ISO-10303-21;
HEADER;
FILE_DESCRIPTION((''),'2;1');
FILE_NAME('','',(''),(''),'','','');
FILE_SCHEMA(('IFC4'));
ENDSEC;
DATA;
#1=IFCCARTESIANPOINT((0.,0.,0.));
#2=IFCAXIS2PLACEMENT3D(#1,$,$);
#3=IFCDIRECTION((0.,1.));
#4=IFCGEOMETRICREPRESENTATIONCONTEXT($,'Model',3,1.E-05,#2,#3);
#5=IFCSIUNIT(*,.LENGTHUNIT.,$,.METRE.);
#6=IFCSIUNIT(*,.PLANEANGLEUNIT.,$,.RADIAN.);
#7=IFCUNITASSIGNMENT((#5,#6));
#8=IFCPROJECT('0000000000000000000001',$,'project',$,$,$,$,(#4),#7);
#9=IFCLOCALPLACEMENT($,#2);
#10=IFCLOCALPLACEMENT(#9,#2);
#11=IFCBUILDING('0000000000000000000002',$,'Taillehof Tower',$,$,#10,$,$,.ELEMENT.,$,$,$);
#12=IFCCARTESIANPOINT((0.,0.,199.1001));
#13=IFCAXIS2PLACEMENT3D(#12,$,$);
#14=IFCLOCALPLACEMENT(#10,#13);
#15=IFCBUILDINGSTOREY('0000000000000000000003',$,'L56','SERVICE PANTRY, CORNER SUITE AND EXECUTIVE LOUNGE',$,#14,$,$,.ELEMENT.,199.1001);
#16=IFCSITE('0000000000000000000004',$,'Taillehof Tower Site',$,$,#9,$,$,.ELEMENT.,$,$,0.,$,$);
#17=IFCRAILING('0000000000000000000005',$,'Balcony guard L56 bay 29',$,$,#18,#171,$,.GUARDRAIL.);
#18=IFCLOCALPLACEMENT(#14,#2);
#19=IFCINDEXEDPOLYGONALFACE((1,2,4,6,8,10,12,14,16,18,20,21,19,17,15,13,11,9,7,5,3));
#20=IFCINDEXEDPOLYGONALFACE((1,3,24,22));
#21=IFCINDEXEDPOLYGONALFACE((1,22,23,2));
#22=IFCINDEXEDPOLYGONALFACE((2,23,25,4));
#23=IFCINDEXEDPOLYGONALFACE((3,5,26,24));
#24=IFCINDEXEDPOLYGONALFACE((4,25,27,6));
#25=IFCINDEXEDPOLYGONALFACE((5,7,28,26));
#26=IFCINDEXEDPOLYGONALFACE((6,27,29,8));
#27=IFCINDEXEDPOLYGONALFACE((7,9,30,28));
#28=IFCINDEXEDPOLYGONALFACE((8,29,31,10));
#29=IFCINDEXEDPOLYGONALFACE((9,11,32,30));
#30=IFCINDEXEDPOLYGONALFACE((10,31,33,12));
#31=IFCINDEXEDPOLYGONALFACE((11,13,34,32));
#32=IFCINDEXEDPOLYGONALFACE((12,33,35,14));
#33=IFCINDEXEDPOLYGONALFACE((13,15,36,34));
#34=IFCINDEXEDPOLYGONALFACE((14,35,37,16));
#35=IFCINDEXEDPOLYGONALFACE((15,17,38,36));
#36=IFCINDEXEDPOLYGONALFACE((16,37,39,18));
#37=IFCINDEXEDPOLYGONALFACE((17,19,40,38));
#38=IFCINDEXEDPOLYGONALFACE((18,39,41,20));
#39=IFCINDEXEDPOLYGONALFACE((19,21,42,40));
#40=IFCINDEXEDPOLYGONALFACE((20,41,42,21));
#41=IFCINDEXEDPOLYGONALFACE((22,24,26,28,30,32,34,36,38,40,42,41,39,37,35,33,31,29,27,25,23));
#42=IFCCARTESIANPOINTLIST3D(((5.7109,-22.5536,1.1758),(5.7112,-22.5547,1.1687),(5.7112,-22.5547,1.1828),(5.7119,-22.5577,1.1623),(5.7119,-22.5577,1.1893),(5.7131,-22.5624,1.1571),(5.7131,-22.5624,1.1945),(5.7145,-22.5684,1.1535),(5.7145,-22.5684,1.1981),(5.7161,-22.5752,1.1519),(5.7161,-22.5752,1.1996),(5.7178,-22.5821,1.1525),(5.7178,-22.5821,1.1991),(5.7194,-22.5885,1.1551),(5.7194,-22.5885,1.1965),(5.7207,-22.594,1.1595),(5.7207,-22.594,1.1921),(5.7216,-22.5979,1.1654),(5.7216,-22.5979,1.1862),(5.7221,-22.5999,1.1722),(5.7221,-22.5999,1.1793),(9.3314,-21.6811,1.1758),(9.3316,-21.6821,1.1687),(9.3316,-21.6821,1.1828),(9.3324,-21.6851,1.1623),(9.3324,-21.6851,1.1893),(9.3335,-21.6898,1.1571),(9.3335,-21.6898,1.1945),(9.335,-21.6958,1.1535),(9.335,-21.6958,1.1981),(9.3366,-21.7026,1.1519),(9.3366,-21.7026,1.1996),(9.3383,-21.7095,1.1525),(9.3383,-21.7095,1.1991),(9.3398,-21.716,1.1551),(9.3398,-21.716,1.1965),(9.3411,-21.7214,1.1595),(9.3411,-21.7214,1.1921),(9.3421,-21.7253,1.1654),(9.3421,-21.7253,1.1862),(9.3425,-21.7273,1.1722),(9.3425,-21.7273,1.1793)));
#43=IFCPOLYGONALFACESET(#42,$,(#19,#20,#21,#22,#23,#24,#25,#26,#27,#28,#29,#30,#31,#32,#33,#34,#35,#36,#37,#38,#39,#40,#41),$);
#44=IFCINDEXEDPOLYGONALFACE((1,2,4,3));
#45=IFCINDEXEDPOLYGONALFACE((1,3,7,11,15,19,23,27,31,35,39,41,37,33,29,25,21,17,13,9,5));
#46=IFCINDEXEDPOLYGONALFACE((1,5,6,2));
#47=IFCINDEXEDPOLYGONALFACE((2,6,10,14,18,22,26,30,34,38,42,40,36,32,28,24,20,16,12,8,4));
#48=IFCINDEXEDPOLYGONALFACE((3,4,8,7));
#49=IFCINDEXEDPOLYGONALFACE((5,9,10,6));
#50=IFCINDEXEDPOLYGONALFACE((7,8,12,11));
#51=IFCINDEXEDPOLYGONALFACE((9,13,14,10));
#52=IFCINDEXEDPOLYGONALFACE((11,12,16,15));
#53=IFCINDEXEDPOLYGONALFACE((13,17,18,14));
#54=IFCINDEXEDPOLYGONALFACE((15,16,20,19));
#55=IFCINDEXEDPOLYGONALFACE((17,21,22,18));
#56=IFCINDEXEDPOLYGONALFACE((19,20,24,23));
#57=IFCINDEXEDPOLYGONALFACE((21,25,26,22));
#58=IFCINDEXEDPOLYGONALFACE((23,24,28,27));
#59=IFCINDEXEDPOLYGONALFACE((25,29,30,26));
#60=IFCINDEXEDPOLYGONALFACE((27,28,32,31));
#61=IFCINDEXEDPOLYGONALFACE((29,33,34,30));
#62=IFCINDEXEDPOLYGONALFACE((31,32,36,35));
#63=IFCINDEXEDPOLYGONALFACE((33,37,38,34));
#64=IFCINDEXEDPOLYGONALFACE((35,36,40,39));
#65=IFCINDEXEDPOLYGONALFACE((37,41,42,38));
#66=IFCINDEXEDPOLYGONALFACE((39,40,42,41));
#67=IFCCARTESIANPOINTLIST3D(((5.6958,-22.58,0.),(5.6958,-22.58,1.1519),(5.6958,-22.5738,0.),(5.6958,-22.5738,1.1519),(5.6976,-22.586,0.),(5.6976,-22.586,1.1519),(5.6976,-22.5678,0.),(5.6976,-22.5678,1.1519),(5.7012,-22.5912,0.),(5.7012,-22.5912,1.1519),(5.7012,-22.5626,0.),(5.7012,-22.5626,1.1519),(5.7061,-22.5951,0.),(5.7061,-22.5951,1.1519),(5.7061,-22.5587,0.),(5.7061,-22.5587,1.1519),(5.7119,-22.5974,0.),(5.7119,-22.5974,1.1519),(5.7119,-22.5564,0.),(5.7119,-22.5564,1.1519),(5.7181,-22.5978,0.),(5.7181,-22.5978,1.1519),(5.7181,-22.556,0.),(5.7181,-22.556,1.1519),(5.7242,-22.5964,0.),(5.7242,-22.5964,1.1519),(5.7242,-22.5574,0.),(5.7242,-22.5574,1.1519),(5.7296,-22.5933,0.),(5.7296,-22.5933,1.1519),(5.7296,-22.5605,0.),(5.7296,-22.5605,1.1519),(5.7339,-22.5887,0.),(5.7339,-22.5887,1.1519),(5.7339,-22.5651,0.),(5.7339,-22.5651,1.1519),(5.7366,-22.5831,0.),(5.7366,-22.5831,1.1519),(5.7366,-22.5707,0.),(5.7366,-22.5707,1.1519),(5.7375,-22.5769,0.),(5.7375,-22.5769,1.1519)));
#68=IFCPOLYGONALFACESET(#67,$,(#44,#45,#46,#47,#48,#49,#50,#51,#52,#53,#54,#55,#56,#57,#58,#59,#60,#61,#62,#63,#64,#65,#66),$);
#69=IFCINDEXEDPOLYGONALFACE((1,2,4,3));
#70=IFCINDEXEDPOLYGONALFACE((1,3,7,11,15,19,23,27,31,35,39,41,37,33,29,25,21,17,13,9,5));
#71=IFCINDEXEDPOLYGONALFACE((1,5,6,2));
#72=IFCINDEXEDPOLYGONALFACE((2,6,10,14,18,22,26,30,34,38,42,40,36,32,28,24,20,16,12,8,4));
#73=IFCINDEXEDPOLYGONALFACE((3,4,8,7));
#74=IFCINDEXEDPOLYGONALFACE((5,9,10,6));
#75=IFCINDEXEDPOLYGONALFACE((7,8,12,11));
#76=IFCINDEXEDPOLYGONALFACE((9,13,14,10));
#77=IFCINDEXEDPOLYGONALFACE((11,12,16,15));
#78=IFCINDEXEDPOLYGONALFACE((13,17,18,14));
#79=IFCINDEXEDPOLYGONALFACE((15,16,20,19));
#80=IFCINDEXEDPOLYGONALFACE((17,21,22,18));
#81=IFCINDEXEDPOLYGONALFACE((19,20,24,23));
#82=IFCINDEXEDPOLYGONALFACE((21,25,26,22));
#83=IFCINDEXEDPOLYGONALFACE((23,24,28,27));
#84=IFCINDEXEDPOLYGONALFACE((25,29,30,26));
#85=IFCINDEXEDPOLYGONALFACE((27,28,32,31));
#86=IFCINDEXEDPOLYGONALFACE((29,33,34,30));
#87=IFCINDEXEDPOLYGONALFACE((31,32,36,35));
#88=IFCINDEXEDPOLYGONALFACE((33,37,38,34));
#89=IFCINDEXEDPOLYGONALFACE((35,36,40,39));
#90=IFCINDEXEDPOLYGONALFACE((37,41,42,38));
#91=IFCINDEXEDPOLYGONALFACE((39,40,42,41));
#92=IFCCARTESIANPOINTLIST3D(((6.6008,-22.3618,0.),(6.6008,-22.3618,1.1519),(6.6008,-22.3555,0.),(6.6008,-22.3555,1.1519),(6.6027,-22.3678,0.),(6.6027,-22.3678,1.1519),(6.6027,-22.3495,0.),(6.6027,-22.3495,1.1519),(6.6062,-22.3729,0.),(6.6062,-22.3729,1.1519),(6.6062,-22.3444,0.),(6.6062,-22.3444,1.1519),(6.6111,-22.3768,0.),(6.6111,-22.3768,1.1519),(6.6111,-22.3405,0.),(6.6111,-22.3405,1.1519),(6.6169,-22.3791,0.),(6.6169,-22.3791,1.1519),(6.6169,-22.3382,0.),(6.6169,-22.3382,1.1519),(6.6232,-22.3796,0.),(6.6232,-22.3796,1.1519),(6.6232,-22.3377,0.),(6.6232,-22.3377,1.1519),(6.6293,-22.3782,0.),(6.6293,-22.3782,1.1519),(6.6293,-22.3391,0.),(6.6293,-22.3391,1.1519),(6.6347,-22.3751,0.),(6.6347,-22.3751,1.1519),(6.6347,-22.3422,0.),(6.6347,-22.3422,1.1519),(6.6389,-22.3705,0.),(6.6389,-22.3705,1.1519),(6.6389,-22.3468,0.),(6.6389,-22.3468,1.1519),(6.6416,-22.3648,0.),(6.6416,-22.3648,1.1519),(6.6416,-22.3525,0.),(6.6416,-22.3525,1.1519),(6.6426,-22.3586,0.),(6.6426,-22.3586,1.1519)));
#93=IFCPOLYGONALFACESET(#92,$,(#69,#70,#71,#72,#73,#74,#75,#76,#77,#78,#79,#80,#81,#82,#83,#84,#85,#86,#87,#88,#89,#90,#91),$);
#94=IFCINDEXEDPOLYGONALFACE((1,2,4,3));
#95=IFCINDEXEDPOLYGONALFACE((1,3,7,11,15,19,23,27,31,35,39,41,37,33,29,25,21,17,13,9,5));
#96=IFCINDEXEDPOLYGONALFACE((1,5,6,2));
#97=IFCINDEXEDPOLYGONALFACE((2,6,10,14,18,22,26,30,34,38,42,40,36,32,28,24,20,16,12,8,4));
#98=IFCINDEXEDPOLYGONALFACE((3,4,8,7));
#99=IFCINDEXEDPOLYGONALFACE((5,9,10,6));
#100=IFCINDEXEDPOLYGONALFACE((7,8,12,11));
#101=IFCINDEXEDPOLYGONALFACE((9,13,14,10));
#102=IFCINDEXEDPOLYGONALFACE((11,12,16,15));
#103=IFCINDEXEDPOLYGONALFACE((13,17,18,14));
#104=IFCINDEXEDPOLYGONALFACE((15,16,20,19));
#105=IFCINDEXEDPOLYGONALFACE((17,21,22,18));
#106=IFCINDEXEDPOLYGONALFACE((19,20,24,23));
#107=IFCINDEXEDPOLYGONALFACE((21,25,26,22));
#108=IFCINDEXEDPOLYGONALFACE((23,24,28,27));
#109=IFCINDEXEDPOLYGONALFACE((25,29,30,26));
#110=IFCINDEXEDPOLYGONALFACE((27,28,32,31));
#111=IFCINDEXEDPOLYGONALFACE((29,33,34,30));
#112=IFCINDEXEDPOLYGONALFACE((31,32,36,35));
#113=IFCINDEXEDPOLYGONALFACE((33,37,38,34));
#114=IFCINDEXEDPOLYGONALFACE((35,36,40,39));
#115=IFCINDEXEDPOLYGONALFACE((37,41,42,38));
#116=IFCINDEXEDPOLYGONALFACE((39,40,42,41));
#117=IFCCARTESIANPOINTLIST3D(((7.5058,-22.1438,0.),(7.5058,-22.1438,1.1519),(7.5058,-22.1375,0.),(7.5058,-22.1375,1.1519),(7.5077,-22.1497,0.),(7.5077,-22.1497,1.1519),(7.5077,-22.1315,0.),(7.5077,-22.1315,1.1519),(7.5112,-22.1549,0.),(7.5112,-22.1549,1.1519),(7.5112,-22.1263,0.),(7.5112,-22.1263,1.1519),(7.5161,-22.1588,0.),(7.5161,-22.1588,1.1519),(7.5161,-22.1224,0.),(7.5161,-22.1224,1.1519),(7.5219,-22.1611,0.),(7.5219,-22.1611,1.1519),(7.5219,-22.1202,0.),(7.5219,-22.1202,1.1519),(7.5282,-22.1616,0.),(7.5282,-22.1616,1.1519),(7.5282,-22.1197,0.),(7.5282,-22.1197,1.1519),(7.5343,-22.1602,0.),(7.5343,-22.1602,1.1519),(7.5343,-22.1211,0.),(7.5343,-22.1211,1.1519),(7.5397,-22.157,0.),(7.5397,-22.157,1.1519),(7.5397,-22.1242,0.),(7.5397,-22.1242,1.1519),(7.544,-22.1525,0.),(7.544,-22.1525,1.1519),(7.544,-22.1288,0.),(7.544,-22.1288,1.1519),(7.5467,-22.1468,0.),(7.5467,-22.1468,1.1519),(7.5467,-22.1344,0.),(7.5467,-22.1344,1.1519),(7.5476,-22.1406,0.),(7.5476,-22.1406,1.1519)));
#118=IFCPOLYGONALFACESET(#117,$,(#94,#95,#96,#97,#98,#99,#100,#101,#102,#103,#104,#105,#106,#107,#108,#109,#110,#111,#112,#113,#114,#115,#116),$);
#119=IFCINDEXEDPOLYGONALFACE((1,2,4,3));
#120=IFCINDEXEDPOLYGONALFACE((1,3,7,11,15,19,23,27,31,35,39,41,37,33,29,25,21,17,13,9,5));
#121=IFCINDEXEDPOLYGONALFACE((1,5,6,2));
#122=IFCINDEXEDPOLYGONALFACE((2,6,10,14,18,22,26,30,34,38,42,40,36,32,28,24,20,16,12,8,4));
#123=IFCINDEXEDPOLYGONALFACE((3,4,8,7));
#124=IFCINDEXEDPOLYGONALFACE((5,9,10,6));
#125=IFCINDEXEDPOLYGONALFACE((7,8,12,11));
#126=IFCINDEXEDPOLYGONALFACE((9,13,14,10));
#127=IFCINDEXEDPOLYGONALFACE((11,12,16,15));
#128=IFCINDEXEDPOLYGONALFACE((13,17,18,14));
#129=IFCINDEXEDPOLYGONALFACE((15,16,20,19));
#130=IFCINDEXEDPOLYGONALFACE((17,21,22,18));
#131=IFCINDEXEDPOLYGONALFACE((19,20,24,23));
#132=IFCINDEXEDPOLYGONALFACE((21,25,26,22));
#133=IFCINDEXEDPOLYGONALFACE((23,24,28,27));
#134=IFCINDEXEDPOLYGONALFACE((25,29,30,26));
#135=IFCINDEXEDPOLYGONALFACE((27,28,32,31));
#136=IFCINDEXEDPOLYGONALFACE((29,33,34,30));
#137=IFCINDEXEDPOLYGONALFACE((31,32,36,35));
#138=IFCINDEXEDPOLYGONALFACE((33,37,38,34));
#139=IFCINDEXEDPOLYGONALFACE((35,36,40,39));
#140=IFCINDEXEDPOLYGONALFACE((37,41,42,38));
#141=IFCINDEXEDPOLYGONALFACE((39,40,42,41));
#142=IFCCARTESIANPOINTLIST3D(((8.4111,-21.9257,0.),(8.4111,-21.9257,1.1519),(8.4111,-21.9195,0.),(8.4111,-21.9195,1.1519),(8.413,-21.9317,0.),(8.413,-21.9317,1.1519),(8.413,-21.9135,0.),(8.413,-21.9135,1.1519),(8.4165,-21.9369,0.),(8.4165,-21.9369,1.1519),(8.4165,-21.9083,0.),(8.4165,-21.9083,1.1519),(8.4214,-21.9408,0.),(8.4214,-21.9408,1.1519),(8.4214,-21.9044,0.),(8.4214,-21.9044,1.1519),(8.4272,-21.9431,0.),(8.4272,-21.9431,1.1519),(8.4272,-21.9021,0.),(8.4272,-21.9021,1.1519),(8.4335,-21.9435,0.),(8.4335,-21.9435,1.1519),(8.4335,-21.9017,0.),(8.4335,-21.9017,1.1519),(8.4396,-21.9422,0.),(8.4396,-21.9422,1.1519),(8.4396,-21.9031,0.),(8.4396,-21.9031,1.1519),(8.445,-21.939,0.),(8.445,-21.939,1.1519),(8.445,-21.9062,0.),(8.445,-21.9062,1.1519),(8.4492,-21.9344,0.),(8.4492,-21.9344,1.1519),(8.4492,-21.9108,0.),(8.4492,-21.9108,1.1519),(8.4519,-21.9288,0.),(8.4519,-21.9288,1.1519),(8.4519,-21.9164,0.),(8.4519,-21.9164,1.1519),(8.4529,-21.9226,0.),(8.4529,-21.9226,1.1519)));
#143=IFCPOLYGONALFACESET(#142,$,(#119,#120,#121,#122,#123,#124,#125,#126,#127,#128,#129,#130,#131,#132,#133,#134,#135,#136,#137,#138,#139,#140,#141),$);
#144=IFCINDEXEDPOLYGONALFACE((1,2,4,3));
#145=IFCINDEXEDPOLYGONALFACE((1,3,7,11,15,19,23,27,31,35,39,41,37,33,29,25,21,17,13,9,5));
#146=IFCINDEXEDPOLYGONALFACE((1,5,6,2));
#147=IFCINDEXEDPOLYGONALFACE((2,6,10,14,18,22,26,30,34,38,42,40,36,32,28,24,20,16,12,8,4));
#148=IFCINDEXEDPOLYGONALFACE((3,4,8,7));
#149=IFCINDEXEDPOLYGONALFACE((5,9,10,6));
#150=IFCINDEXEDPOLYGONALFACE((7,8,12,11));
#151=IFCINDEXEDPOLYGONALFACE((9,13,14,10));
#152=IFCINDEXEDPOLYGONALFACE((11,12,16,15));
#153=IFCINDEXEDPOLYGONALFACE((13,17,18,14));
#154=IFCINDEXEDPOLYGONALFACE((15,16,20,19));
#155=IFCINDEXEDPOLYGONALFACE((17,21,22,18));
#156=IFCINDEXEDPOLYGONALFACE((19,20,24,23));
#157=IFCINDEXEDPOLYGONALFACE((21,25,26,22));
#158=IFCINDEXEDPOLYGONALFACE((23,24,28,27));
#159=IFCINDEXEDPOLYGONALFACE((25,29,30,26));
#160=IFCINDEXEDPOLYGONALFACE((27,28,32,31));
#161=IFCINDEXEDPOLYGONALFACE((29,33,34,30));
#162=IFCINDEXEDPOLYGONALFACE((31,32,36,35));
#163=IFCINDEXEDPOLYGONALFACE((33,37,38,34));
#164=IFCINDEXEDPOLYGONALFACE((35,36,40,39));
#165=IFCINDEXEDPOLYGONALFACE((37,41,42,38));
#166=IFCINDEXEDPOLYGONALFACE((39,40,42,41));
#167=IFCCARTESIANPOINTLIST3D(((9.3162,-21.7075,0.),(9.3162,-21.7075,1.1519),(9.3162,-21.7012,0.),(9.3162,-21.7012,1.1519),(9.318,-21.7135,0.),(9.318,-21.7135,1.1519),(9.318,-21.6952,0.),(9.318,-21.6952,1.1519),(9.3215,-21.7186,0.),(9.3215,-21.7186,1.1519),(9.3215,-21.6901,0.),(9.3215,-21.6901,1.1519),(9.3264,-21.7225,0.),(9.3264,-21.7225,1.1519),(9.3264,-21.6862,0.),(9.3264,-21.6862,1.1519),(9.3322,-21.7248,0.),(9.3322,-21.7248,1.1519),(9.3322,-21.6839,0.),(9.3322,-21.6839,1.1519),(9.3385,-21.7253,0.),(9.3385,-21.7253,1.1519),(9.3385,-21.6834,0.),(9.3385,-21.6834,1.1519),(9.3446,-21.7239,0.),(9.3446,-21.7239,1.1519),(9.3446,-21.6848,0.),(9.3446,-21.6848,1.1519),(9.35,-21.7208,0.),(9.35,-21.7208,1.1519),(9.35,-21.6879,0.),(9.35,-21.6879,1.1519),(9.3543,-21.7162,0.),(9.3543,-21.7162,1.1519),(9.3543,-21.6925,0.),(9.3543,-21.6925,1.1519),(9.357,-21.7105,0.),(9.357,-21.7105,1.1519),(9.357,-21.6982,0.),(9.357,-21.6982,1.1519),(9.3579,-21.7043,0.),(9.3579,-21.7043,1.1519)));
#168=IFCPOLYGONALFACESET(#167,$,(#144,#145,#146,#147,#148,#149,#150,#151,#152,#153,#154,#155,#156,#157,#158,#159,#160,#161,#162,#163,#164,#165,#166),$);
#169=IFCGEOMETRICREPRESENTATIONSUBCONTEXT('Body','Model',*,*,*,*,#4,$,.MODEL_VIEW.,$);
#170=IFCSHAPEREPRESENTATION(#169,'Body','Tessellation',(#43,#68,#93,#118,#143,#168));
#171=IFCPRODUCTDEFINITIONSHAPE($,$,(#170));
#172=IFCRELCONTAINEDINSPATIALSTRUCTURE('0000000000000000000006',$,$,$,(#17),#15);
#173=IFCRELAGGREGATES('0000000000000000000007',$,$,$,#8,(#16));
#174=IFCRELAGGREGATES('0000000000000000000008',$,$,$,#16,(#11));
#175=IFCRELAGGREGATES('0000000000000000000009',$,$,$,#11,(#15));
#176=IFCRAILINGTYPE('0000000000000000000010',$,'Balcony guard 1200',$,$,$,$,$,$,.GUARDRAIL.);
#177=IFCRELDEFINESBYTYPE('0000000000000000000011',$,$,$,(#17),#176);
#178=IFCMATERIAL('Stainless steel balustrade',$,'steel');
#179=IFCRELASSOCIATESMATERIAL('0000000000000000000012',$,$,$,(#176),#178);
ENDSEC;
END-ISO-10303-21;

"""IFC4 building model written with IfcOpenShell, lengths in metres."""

from ifc_helpers import new_model, si_unit, direction, frame, origin, origin_2d, place, context, subcontext, project, spatial, circle, extrude, material, type_object, element, save


model = new_model("IFC4")

# Units and contexts
model_context = context("Model", 3, precision=1e-05, world=origin(), true_north=direction((0.0, 1.0)))
body_context = subcontext(model_context, "Body", "Model", "MODEL_VIEW")
ifc_project = project(units=[si_unit("LENGTHUNIT", "METRE"), si_unit("PLANEANGLEUNIT", "RADIAN")], contexts=[model_context])

# Site, building, storey
site_placement = place(None, origin())
site = spatial("IfcSite", under=ifc_project, at=site_placement, Name="Taillehof Tower Site", CompositionType="ELEMENT", RefElevation=0.0)
building_placement = place(site_placement, origin())
building = spatial("IfcBuilding", under=site, at=building_placement, Name="Taillehof Tower", CompositionType="ELEMENT")
storey_placement = place(building_placement, frame((0.0, 0.0, 199.1001)))
storey = spatial("IfcBuildingStorey", under=building, at=storey_placement, Name="L56", Description="SERVICE PANTRY, CORNER SUITE AND EXECUTIVE LOUNGE", CompositionType="ELEMENT", Elevation=199.1001)

# Railing
ifc_material_1 = material(Name="Stainless steel balustrade", Category="steel")
railing_type = type_object("IfcRailingType", Name="Balcony guard 1200", PredefinedType="GUARDRAIL", material=ifc_material_1)
railing_1_placement = place(storey_placement, frame((5.7166, -22.5769, 0.0)))
element("IfcRailing", 1, at=railing_1_placement, inside=storey, type_object=railing_type, Name="Balcony guard L56 bay 29", PredefinedType="GUARDRAIL", context=body_context, shape_type="SweptSolid", body=[
    extrude(circle(Radius=0.0239, at=origin_2d()), frame((0.0, 0.0, 1.1758), z_axis=(0.972163, 0.234305, 0.0), x_axis=(-0.234305, 0.972163, 0.0)), (0.0, 0.0, 1.0), 3.7241),
    extrude(circle(Radius=0.021, at=origin_2d()), origin(), (0.0, 0.0, 1.0), 1.1519),
    extrude(circle(Radius=0.021, at=origin_2d()), frame((0.905, 0.2183, 0.0)), (0.0, 0.0, 1.0), 1.1519),
    extrude(circle(Radius=0.021, at=origin_2d()), frame((1.8101, 0.4363, 0.0)), (0.0, 0.0, 1.0), 1.1519),
    extrude(circle(Radius=0.021, at=origin_2d()), frame((2.7153, 0.6543, 0.0)), (0.0, 0.0, 1.0), 1.1519),
    extrude(circle(Radius=0.021, at=origin_2d()), frame((3.6204, 0.8726, 0.0)), (0.0, 0.0, 1.0), 1.1519),
])

save(model, "model.ifc")
